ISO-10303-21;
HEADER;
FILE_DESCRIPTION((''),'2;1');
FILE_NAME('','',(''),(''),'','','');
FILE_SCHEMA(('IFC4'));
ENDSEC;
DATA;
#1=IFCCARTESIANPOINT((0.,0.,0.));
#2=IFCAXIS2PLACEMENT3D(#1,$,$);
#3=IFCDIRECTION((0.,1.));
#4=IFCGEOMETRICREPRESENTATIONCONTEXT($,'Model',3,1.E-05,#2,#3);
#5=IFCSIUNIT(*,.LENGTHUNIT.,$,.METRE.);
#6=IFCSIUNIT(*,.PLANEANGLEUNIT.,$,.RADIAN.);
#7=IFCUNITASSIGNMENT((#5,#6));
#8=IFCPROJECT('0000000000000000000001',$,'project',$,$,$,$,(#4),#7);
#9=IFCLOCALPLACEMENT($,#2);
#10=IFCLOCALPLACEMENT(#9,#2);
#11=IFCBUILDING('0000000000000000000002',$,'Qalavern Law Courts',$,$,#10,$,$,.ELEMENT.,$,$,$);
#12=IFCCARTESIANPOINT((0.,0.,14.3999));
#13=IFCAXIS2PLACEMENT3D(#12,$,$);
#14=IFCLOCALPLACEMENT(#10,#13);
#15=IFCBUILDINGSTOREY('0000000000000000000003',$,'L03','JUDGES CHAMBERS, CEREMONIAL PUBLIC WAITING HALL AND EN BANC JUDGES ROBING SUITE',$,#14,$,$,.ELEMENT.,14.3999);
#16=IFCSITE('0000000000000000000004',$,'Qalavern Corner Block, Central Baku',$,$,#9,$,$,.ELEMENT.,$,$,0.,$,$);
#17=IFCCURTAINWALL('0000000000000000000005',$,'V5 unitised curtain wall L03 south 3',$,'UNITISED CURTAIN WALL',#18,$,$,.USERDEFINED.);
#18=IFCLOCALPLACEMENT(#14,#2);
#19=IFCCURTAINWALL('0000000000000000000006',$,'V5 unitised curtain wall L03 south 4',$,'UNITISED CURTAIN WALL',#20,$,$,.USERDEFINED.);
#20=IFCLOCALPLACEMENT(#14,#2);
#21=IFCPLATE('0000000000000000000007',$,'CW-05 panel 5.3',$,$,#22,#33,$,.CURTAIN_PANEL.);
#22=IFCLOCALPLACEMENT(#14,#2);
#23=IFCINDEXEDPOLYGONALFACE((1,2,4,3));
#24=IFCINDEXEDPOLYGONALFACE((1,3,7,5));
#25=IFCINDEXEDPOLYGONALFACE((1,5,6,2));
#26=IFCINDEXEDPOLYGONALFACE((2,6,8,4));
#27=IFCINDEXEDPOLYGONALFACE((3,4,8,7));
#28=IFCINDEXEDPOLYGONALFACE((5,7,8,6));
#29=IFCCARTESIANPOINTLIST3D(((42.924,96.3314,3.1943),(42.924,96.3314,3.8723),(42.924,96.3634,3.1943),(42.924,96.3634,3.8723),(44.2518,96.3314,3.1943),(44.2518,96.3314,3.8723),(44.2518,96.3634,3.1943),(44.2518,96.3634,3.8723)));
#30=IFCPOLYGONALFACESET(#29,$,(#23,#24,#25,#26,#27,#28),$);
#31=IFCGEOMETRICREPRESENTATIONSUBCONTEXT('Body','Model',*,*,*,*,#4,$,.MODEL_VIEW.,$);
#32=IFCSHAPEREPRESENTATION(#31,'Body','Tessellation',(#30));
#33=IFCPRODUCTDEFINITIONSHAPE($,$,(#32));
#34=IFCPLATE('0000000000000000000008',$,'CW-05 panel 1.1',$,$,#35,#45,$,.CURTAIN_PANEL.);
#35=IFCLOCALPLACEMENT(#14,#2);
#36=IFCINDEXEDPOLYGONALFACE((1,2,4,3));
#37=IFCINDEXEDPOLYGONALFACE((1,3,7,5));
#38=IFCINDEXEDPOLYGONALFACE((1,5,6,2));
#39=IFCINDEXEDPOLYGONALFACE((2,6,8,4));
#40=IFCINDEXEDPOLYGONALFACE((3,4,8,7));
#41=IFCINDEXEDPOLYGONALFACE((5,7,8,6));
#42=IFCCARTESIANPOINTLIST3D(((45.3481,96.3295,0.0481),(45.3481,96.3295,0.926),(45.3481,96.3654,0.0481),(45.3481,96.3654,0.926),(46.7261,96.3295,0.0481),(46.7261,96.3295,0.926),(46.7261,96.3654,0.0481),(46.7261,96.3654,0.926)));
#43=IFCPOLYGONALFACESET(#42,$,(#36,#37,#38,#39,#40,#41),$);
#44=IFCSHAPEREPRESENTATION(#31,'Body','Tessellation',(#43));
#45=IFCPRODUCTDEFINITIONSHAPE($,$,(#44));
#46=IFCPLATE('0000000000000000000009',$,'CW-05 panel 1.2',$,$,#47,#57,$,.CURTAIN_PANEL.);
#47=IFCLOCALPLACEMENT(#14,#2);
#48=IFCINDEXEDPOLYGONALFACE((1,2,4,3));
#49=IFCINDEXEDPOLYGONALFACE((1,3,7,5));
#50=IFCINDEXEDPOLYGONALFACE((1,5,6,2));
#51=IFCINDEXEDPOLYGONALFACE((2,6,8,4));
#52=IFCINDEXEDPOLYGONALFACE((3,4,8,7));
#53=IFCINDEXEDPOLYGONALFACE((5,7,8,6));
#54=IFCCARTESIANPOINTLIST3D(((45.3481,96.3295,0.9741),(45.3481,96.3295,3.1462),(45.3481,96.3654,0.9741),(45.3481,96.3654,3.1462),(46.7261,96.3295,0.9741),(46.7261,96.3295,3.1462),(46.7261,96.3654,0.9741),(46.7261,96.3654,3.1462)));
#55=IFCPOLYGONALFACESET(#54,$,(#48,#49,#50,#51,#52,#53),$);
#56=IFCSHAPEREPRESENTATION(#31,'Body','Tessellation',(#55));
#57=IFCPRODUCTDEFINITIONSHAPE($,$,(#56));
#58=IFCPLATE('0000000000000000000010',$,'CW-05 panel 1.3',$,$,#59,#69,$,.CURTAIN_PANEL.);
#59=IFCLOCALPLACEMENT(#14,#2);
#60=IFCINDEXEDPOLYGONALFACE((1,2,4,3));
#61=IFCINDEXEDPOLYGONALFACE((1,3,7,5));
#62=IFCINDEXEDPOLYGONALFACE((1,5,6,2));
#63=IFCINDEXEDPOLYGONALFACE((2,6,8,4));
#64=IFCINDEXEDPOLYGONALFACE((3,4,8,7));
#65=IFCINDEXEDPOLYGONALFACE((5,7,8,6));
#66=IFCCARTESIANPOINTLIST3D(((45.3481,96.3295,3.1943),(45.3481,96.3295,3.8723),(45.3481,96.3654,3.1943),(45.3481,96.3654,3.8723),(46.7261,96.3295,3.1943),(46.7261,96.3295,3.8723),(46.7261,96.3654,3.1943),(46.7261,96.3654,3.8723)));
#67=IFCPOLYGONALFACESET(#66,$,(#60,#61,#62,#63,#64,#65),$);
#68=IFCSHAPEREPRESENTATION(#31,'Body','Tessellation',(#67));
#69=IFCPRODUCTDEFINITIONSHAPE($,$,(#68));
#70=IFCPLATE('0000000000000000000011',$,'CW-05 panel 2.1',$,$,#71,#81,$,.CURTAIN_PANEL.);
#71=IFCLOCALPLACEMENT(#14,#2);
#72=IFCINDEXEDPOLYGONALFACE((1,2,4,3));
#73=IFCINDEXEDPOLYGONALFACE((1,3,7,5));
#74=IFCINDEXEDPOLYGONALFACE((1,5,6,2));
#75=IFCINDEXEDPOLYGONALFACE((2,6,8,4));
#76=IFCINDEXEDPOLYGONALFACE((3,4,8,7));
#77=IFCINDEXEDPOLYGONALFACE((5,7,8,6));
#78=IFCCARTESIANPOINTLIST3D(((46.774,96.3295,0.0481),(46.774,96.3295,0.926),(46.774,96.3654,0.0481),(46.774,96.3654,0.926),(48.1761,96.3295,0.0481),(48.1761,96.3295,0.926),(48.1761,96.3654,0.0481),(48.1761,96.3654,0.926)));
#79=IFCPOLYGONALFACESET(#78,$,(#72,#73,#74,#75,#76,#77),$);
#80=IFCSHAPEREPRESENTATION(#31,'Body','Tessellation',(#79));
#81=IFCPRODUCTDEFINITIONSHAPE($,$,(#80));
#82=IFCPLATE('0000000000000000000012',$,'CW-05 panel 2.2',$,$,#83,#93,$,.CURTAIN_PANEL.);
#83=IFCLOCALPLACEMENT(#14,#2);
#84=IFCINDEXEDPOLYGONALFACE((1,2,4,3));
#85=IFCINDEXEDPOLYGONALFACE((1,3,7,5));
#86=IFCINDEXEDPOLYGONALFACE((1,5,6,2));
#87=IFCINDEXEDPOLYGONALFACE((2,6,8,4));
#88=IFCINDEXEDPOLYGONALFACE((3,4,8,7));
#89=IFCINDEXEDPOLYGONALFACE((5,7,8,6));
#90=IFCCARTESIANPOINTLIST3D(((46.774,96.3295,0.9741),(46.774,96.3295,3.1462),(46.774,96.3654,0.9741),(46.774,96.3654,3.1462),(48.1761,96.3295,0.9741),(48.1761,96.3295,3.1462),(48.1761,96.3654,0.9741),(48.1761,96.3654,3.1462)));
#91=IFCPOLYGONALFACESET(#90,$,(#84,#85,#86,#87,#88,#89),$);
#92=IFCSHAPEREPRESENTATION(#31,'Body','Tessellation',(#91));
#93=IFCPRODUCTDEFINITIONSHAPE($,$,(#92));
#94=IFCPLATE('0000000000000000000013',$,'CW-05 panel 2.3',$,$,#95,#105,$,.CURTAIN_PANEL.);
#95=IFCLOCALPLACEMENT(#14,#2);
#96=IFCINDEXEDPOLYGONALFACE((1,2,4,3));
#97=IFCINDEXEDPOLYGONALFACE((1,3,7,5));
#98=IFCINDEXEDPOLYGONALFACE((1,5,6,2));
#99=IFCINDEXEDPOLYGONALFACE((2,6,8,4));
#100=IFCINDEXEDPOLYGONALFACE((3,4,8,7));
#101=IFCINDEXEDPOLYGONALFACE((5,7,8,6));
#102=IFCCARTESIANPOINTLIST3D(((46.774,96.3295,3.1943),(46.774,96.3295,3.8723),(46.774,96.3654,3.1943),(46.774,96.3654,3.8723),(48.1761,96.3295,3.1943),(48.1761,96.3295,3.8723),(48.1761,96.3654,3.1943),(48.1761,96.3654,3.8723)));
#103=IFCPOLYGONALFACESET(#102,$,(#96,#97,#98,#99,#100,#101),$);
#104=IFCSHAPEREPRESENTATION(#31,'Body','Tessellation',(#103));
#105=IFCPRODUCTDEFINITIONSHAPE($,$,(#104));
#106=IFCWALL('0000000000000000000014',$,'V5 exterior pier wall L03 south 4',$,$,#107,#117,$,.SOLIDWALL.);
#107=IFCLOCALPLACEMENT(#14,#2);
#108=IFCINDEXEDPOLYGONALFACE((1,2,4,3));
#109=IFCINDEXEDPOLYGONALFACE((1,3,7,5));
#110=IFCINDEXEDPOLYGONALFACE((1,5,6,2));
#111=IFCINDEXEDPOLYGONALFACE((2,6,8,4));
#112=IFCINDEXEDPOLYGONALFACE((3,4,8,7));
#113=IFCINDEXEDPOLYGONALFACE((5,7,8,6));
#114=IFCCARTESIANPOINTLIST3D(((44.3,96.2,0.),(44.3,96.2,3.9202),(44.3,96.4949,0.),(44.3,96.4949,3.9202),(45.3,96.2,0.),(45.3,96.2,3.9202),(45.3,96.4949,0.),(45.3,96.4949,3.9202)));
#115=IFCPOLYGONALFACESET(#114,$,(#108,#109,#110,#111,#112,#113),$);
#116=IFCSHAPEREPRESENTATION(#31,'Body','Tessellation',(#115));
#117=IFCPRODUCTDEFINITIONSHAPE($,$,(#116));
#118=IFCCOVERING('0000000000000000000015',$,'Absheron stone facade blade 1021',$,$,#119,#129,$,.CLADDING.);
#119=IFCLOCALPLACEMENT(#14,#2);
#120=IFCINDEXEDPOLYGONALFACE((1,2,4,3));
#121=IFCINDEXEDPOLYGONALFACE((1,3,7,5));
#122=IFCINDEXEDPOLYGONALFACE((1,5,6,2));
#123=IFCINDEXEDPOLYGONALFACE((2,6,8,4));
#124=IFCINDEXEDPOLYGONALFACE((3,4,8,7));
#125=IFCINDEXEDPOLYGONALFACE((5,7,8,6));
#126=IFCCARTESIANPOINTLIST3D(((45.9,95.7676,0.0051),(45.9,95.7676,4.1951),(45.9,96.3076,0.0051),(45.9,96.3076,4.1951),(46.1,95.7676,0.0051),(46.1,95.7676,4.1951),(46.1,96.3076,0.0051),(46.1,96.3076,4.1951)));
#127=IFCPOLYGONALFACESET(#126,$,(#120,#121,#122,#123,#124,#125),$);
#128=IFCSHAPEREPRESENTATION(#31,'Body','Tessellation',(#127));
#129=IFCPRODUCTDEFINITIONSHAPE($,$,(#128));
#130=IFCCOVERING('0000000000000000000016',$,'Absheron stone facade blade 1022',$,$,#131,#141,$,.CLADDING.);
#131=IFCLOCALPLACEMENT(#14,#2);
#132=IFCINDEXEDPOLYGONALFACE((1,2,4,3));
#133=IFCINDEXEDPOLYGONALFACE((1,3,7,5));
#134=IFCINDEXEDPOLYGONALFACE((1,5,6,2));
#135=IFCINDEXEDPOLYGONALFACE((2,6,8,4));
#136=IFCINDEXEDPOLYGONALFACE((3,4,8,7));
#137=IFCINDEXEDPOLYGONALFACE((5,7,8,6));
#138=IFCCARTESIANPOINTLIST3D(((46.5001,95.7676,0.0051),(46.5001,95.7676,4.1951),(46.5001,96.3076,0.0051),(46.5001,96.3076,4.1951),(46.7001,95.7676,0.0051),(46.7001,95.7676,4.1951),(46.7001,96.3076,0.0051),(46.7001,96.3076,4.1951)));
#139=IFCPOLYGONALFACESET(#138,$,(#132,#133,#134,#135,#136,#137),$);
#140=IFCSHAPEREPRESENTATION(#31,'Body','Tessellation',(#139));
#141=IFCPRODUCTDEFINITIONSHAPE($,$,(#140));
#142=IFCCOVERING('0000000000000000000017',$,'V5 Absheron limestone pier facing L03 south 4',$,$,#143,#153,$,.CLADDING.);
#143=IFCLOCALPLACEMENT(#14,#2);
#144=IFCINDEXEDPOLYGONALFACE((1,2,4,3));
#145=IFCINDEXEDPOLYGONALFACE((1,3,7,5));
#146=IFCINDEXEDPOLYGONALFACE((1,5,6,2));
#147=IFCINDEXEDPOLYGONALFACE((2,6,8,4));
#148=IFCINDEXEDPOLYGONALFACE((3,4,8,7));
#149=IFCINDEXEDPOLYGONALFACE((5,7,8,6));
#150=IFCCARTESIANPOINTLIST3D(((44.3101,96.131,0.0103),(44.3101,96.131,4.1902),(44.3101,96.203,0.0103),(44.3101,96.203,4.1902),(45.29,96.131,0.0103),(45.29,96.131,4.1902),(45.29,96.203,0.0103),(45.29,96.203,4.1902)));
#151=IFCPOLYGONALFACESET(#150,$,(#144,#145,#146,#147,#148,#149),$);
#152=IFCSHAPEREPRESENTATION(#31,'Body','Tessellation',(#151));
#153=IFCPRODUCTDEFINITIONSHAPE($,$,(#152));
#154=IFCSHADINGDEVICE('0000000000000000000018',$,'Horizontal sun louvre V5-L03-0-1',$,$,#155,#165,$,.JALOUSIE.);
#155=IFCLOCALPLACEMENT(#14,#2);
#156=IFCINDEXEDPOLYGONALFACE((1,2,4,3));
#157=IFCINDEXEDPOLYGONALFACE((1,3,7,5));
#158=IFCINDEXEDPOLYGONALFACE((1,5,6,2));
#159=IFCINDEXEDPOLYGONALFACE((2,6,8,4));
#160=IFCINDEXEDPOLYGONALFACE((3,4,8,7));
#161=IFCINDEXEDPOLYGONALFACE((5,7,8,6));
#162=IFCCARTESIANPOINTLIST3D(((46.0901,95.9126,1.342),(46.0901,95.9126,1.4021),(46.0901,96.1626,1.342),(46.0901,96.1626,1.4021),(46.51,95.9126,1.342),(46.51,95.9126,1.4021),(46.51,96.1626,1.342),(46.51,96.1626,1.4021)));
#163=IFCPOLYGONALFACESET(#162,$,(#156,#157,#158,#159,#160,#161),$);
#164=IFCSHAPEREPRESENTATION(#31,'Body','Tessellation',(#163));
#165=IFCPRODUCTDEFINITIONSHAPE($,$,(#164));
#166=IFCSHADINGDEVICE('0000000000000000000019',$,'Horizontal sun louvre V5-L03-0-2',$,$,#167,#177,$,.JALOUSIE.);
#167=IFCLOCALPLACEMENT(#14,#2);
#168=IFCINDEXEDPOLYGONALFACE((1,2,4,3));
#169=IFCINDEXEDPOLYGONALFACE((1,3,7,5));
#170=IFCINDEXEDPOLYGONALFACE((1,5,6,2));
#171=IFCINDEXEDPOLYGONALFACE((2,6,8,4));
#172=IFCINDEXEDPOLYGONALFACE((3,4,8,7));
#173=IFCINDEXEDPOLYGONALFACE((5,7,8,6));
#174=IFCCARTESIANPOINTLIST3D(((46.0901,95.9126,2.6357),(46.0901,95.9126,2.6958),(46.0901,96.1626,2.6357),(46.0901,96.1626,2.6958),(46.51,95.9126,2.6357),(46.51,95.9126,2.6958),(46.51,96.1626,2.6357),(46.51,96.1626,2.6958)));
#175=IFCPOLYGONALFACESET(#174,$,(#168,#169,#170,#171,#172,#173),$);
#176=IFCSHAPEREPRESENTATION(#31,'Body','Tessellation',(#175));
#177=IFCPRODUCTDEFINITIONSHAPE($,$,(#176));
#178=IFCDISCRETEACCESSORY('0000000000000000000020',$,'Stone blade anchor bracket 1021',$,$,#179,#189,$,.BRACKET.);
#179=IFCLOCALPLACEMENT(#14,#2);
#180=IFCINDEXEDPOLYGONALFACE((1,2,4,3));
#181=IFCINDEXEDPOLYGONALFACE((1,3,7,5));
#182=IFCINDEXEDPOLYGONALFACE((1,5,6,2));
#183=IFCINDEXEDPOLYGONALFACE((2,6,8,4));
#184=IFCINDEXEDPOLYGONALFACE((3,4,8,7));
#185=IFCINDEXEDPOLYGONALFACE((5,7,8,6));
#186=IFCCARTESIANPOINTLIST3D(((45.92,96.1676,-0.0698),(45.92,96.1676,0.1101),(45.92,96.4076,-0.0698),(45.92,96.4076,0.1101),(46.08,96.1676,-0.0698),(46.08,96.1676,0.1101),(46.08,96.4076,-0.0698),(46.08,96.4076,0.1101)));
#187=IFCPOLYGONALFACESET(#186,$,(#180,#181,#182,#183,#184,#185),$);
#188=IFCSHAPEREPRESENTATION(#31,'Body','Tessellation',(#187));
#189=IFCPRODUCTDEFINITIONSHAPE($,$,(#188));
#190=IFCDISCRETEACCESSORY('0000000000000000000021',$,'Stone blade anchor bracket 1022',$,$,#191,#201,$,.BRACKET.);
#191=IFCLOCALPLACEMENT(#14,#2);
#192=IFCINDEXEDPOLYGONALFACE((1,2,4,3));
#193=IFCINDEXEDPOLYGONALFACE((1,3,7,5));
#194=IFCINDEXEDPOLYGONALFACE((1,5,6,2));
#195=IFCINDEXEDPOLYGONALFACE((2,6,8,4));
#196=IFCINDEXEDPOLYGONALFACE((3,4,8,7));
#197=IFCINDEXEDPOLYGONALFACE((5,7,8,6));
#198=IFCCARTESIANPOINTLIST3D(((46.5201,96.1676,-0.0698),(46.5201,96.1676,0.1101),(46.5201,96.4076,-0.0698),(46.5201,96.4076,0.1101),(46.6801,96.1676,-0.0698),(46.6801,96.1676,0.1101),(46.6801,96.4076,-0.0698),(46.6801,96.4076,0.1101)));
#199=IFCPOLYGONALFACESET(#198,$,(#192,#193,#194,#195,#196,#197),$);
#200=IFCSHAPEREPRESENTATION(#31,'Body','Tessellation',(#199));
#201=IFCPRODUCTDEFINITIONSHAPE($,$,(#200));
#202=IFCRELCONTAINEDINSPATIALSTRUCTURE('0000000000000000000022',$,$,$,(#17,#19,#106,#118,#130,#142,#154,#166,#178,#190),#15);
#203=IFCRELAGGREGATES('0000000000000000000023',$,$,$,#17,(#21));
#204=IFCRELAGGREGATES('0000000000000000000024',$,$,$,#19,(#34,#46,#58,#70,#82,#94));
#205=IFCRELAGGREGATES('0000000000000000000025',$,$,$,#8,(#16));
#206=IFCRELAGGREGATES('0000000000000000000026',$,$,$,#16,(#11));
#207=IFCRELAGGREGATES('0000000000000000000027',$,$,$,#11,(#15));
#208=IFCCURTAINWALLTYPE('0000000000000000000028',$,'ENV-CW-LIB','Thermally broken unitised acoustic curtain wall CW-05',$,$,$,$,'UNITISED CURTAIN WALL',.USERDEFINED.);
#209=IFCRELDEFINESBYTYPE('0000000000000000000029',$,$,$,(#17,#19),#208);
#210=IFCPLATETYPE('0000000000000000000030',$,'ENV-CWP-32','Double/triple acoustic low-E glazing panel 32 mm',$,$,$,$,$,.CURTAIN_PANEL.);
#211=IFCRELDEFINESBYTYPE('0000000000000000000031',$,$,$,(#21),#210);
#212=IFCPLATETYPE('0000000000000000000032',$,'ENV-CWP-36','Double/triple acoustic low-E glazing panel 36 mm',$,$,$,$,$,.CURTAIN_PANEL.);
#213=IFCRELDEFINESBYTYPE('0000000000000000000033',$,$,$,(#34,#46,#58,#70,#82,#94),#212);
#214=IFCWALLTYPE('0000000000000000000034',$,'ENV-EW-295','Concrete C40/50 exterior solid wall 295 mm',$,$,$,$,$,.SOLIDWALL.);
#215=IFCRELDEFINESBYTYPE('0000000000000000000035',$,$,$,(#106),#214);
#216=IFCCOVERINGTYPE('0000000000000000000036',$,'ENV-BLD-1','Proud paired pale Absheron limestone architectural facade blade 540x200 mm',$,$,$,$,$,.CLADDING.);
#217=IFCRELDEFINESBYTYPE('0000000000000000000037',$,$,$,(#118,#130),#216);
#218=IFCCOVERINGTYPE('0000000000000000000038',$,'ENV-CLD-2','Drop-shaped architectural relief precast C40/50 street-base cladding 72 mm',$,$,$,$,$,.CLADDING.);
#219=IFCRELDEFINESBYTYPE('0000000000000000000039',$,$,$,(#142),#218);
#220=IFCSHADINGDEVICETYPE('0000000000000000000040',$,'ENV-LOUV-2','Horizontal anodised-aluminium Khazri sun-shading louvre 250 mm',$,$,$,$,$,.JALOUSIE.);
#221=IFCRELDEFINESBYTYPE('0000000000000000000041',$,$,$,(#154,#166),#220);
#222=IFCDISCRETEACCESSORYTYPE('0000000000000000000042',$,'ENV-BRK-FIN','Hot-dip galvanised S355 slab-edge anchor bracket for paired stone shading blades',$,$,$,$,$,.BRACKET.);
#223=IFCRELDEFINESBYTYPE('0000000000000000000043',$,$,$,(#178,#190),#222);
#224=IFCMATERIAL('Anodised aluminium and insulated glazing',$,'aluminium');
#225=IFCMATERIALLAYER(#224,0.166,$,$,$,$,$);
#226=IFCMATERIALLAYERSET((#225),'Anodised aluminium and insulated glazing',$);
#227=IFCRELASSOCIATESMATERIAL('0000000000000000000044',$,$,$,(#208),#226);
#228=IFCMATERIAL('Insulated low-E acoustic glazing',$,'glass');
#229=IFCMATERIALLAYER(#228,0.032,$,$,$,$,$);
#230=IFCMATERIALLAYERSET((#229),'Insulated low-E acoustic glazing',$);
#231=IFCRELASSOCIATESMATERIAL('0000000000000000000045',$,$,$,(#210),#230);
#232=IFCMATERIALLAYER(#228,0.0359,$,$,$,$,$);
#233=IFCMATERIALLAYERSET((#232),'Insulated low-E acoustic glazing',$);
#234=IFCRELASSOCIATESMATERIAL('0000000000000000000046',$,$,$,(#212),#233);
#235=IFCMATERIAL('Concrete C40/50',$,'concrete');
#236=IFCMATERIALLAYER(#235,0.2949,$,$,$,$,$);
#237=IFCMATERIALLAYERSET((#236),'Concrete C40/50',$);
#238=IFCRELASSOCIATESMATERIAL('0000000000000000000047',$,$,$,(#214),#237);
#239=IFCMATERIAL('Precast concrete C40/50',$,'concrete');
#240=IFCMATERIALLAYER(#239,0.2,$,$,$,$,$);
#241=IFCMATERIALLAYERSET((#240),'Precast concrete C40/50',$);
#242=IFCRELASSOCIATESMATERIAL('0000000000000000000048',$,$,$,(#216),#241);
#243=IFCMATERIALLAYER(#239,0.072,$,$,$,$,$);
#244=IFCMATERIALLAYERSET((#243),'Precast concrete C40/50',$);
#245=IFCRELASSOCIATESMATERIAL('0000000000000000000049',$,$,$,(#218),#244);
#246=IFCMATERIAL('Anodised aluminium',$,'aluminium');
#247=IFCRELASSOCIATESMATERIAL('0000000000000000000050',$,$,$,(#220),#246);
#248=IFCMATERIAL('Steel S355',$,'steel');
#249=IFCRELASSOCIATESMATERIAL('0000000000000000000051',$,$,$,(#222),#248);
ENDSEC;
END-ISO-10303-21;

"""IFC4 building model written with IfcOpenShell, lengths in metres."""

from ifc_helpers import new_model, si_unit, direction, frame, frame_2d, origin, origin_2d, place, context, subcontext, project, spatial, rectangle, extrude, material, layer, layer_set, type_object, element, aggregate, save


model = new_model("IFC4")

# Units and contexts
model_context = context("Model", 3, precision=1e-05, world=origin(), true_north=direction((0.0, 1.0)))
body_context = subcontext(model_context, "Body", "Model", "MODEL_VIEW")
ifc_project = project(units=[si_unit("LENGTHUNIT", "METRE"), si_unit("PLANEANGLEUNIT", "RADIAN")], contexts=[model_context])

# Site, building, storey
site_placement = place(None, origin())
site = spatial("IfcSite", under=ifc_project, at=site_placement, Name="Qalavern Corner Block, Central Baku", CompositionType="ELEMENT", RefElevation=0.0)
building_placement = place(site_placement, origin())
building = spatial("IfcBuilding", under=site, at=building_placement, Name="Qalavern Law Courts", CompositionType="ELEMENT")
storey_placement = place(building_placement, frame((0.0, 0.0, 14.3999)))
storey = spatial("IfcBuildingStorey", under=building, at=storey_placement, Name="L03", Description="JUDGES CHAMBERS, CEREMONIAL PUBLIC WAITING HALL AND EN BANC JUDGES ROBING SUITE", CompositionType="ELEMENT", Elevation=14.3999)

# Curtain walls
ifc_material_1 = material(Name="Anodised aluminium and insulated glazing", Category="aluminium")
ifc_layer_1 = layer(ifc_material_1, 0.166)
ifc_layer_set_1 = layer_set([ifc_layer_1], Name="Anodised aluminium and insulated glazing")
curtain_wall_type = type_object("IfcCurtainWallType", Name="ENV-CW-LIB", Description="Thermally broken unitised acoustic curtain wall CW-05", ElementType="UNITISED CURTAIN WALL", PredefinedType="USERDEFINED", material=ifc_layer_set_1)
curtain_wall_1_placement = place(storey_placement, origin())
curtain_wall_1 = element("IfcCurtainWall", 1, at=curtain_wall_1_placement, inside=storey, type_object=curtain_wall_type, Name="V5 unitised curtain wall L03 south 3", ObjectType="UNITISED CURTAIN WALL", PredefinedType="USERDEFINED")
ifc_material_2 = material(Name="Anodised aluminium", Category="aluminium")
curtain_wall_2_placement = place(storey_placement, origin())
curtain_wall_2 = element("IfcCurtainWall", 2, at=curtain_wall_2_placement, inside=storey, type_object=curtain_wall_type, Name="V5 unitised curtain wall L03 south 4", ObjectType="UNITISED CURTAIN WALL", PredefinedType="USERDEFINED")

# Plates
ifc_material_3 = material(Name="Insulated low-E acoustic glazing", Category="glass")
ifc_layer_2 = layer(ifc_material_3, 0.032)
ifc_layer_set_2 = layer_set([ifc_layer_2], Name="Insulated low-E acoustic glazing")
plate_type_1 = type_object("IfcPlateType", Name="ENV-CWP-32", Description="Double/triple acoustic low-E glazing panel 32 mm", PredefinedType="CURTAIN_PANEL", material=ifc_layer_set_2)
plate_1_placement = place(storey_placement, frame((43.5879, 96.3474, 3.1943), z_axis=(0.0, 0.0, 1.0), x_axis=(1.0, 0.0, 0.0)))
plate_1 = element("IfcPlate", 3, at=plate_1_placement, type_object=plate_type_1, Name="CW-05 panel 5.3", PredefinedType="CURTAIN_PANEL", context=body_context, shape_type="SweptSolid", body=[
    extrude(rectangle(XDim=1.3279, YDim=0.032, at=origin_2d()), origin(), (0.0, 0.0, 1.0), 0.678),
])
aggregate(curtain_wall_1, [plate_1])
ifc_layer_3 = layer(ifc_material_3, 0.0359)
ifc_layer_set_3 = layer_set([ifc_layer_3], Name="Insulated low-E acoustic glazing")
plate_type_2 = type_object("IfcPlateType", Name="ENV-CWP-36", Description="Double/triple acoustic low-E glazing panel 36 mm", PredefinedType="CURTAIN_PANEL", material=ifc_layer_set_3)
plate_2_placement = place(storey_placement, frame((46.0371, 96.3474, 0.0481), z_axis=(0.0, 0.0, 1.0), x_axis=(1.0, 0.0, 0.0)))
plate_2 = element("IfcPlate", 4, at=plate_2_placement, type_object=plate_type_2, Name="CW-05 panel 1.1", PredefinedType="CURTAIN_PANEL", context=body_context, shape_type="SweptSolid", body=[
    extrude(rectangle(XDim=1.3779, YDim=0.0359, at=origin_2d()), origin(), (0.0, 0.0, 1.0), 0.8779),
])
plate_3_placement = place(storey_placement, frame((46.0371, 96.3474, 0.9741), z_axis=(0.0, 0.0, 1.0), x_axis=(1.0, 0.0, 0.0)))
plate_3 = element("IfcPlate", 5, at=plate_3_placement, type_object=plate_type_2, Name="CW-05 panel 1.2", PredefinedType="CURTAIN_PANEL", context=body_context, shape_type="SweptSolid", body=[
    extrude(rectangle(XDim=1.3779, YDim=0.0359, at=origin_2d()), origin(), (0.0, 0.0, 1.0), 2.1721),
])
plate_4_placement = place(storey_placement, frame((46.0371, 96.3474, 3.1943), z_axis=(0.0, 0.0, 1.0), x_axis=(1.0, 0.0, 0.0)))
plate_4 = element("IfcPlate", 6, at=plate_4_placement, type_object=plate_type_2, Name="CW-05 panel 1.3", PredefinedType="CURTAIN_PANEL", context=body_context, shape_type="SweptSolid", body=[
    extrude(rectangle(XDim=1.3779, YDim=0.0359, at=origin_2d()), origin(), (0.0, 0.0, 1.0), 0.678),
])
plate_5_placement = place(storey_placement, frame((47.4751, 96.3474, 0.0481), z_axis=(0.0, 0.0, 1.0), x_axis=(1.0, 0.0, 0.0)))
plate_5 = element("IfcPlate", 7, at=plate_5_placement, type_object=plate_type_2, Name="CW-05 panel 2.1", PredefinedType="CURTAIN_PANEL", context=body_context, shape_type="SweptSolid", body=[
    extrude(rectangle(XDim=1.4021, YDim=0.0359, at=origin_2d()), origin(), (0.0, 0.0, 1.0), 0.8779),
])
plate_6_placement = place(storey_placement, frame((47.4751, 96.3474, 0.9741), z_axis=(0.0, 0.0, 1.0), x_axis=(1.0, 0.0, 0.0)))
plate_6 = element("IfcPlate", 8, at=plate_6_placement, type_object=plate_type_2, Name="CW-05 panel 2.2", PredefinedType="CURTAIN_PANEL", context=body_context, shape_type="SweptSolid", body=[
    extrude(rectangle(XDim=1.4021, YDim=0.0359, at=origin_2d()), origin(), (0.0, 0.0, 1.0), 2.1721),
])
plate_7_placement = place(storey_placement, frame((47.4751, 96.3474, 3.1943), z_axis=(0.0, 0.0, 1.0), x_axis=(1.0, 0.0, 0.0)))
plate_7 = element("IfcPlate", 9, at=plate_7_placement, type_object=plate_type_2, Name="CW-05 panel 2.3", PredefinedType="CURTAIN_PANEL", context=body_context, shape_type="SweptSolid", body=[
    extrude(rectangle(XDim=1.4021, YDim=0.0359, at=origin_2d()), origin(), (0.0, 0.0, 1.0), 0.678),
])
aggregate(curtain_wall_2, [plate_2, plate_3, plate_4, plate_5, plate_6, plate_7])

# Wall
ifc_material_4 = material(Name="Concrete C40/50", Category="concrete")
ifc_layer_4 = layer(ifc_material_4, 0.2949)
ifc_layer_set_4 = layer_set([ifc_layer_4], Name="Concrete C40/50")
wall_type = type_object("IfcWallType", Name="ENV-EW-295", Description="Concrete C40/50 exterior solid wall 295 mm", PredefinedType="SOLIDWALL", material=ifc_layer_set_4)
wall_placement = place(storey_placement, frame((44.3, 96.3474, 0.0), z_axis=(0.0, 0.0, 1.0), x_axis=(1.0, 0.0, 0.0)))
element("IfcWall", 10, at=wall_placement, inside=storey, type_object=wall_type, Name="V5 exterior pier wall L03 south 4", PredefinedType="SOLIDWALL", context=body_context, shape_type="SweptSolid", body=[
    extrude(rectangle(XDim=1.0, YDim=0.2949, at=frame_2d((0.5, 0.0))), origin(), (0.0, 0.0, 1.0), 3.9202),
])

# Coverings
ifc_material_5 = material(Name="Precast concrete C40/50", Category="concrete")
ifc_layer_5 = layer(ifc_material_5, 0.2)
ifc_layer_set_5 = layer_set([ifc_layer_5], Name="Precast concrete C40/50")
covering_type_1 = type_object("IfcCoveringType", Name="ENV-BLD-1", Description="Proud paired pale Absheron limestone architectural facade blade 540x200 mm", PredefinedType="CLADDING", material=ifc_layer_set_5)
for number, where, z_axis, x_axis, name in (
    (11, (46.0, 96.0376, 0.0051), (0.0, 0.0, 1.0), (0.0, -1.0, 0.0), "Absheron stone facade blade 1021"),
    (12, (46.6001, 96.0376, 0.0051), (0.0, 0.0, 1.0), (0.0, -1.0, 0.0), "Absheron stone facade blade 1022"),
):
    element("IfcCovering", number, at=place(storey_placement, frame(where, z_axis=z_axis, x_axis=x_axis)), inside=storey, type_object=covering_type_1, Name=name, PredefinedType="CLADDING", context=body_context, shape_type="SweptSolid", body=[
        extrude(rectangle(XDim=0.54, YDim=0.2, at=origin_2d()), origin(), (0.0, 0.0, 1.0), 4.1899),
    ])
ifc_layer_6 = layer(ifc_material_5, 0.072)
ifc_layer_set_6 = layer_set([ifc_layer_6], Name="Precast concrete C40/50")
covering_type_2 = type_object("IfcCoveringType", Name="ENV-CLD-2", Description="Drop-shaped architectural relief precast C40/50 street-base cladding 72 mm", PredefinedType="CLADDING", material=ifc_layer_set_6)
covering_placement = place(storey_placement, frame((44.8, 96.167, 0.0103), z_axis=(0.0, 0.0, 1.0), x_axis=(1.0, 0.0, 0.0)))
element("IfcCovering", 13, at=covering_placement, inside=storey, type_object=covering_type_2, Name="V5 Absheron limestone pier facing L03 south 4", PredefinedType="CLADDING", context=body_context, shape_type="SweptSolid", body=[
    extrude(rectangle(XDim=0.98, YDim=0.072, at=origin_2d()), origin(), (0.0, 0.0, 1.0), 4.1799),
])

# Shading devices
shading_device_type = type_object("IfcShadingDeviceType", Name="ENV-LOUV-2", Description="Horizontal anodised-aluminium Khazri sun-shading louvre 250 mm", PredefinedType="JALOUSIE", material=ifc_material_2)
for number, where, z_axis, x_axis, name in (
    (14, (46.3, 96.0376, 1.342), (0.0, 0.0, 1.0), (1.0, 0.0, 0.0), "Horizontal sun louvre V5-L03-0-1"),
    (15, (46.3, 96.0376, 2.6357), (0.0, 0.0, 1.0), (1.0, 0.0, 0.0), "Horizontal sun louvre V5-L03-0-2"),
):
    element("IfcShadingDevice", number, at=place(storey_placement, frame(where, z_axis=z_axis, x_axis=x_axis)), inside=storey, type_object=shading_device_type, Name=name, PredefinedType="JALOUSIE", context=body_context, shape_type="SweptSolid", body=[
        extrude(rectangle(XDim=0.4199, YDim=0.25, at=origin_2d()), origin(), (0.0, 0.0, 1.0), 0.0601),
    ])

# Discrete accessories
ifc_material_6 = material(Name="Steel S355", Category="steel")
discrete_accessory_type = type_object("IfcDiscreteAccessoryType", Name="ENV-BRK-FIN", Description="Hot-dip galvanised S355 slab-edge anchor bracket for paired stone shading blades", PredefinedType="BRACKET", material=ifc_material_6)
for number, where, z_axis, x_axis, name in (
    (16, (46.0, 96.2876, -0.0698), (0.0, 0.0, 1.0), (0.0, -1.0, 0.0), "Stone blade anchor bracket 1021"),
    (17, (46.6001, 96.2876, -0.0698), (0.0, 0.0, 1.0), (0.0, -1.0, 0.0), "Stone blade anchor bracket 1022"),
):
    element("IfcDiscreteAccessory", number, at=place(storey_placement, frame(where, z_axis=z_axis, x_axis=x_axis)), inside=storey, type_object=discrete_accessory_type, Name=name, PredefinedType="BRACKET", context=body_context, shape_type="SweptSolid", body=[
        extrude(rectangle(XDim=0.24, YDim=0.1599, at=origin_2d()), origin(), (0.0, 0.0, 1.0), 0.1799),
    ])

save(model, "model.ifc")
